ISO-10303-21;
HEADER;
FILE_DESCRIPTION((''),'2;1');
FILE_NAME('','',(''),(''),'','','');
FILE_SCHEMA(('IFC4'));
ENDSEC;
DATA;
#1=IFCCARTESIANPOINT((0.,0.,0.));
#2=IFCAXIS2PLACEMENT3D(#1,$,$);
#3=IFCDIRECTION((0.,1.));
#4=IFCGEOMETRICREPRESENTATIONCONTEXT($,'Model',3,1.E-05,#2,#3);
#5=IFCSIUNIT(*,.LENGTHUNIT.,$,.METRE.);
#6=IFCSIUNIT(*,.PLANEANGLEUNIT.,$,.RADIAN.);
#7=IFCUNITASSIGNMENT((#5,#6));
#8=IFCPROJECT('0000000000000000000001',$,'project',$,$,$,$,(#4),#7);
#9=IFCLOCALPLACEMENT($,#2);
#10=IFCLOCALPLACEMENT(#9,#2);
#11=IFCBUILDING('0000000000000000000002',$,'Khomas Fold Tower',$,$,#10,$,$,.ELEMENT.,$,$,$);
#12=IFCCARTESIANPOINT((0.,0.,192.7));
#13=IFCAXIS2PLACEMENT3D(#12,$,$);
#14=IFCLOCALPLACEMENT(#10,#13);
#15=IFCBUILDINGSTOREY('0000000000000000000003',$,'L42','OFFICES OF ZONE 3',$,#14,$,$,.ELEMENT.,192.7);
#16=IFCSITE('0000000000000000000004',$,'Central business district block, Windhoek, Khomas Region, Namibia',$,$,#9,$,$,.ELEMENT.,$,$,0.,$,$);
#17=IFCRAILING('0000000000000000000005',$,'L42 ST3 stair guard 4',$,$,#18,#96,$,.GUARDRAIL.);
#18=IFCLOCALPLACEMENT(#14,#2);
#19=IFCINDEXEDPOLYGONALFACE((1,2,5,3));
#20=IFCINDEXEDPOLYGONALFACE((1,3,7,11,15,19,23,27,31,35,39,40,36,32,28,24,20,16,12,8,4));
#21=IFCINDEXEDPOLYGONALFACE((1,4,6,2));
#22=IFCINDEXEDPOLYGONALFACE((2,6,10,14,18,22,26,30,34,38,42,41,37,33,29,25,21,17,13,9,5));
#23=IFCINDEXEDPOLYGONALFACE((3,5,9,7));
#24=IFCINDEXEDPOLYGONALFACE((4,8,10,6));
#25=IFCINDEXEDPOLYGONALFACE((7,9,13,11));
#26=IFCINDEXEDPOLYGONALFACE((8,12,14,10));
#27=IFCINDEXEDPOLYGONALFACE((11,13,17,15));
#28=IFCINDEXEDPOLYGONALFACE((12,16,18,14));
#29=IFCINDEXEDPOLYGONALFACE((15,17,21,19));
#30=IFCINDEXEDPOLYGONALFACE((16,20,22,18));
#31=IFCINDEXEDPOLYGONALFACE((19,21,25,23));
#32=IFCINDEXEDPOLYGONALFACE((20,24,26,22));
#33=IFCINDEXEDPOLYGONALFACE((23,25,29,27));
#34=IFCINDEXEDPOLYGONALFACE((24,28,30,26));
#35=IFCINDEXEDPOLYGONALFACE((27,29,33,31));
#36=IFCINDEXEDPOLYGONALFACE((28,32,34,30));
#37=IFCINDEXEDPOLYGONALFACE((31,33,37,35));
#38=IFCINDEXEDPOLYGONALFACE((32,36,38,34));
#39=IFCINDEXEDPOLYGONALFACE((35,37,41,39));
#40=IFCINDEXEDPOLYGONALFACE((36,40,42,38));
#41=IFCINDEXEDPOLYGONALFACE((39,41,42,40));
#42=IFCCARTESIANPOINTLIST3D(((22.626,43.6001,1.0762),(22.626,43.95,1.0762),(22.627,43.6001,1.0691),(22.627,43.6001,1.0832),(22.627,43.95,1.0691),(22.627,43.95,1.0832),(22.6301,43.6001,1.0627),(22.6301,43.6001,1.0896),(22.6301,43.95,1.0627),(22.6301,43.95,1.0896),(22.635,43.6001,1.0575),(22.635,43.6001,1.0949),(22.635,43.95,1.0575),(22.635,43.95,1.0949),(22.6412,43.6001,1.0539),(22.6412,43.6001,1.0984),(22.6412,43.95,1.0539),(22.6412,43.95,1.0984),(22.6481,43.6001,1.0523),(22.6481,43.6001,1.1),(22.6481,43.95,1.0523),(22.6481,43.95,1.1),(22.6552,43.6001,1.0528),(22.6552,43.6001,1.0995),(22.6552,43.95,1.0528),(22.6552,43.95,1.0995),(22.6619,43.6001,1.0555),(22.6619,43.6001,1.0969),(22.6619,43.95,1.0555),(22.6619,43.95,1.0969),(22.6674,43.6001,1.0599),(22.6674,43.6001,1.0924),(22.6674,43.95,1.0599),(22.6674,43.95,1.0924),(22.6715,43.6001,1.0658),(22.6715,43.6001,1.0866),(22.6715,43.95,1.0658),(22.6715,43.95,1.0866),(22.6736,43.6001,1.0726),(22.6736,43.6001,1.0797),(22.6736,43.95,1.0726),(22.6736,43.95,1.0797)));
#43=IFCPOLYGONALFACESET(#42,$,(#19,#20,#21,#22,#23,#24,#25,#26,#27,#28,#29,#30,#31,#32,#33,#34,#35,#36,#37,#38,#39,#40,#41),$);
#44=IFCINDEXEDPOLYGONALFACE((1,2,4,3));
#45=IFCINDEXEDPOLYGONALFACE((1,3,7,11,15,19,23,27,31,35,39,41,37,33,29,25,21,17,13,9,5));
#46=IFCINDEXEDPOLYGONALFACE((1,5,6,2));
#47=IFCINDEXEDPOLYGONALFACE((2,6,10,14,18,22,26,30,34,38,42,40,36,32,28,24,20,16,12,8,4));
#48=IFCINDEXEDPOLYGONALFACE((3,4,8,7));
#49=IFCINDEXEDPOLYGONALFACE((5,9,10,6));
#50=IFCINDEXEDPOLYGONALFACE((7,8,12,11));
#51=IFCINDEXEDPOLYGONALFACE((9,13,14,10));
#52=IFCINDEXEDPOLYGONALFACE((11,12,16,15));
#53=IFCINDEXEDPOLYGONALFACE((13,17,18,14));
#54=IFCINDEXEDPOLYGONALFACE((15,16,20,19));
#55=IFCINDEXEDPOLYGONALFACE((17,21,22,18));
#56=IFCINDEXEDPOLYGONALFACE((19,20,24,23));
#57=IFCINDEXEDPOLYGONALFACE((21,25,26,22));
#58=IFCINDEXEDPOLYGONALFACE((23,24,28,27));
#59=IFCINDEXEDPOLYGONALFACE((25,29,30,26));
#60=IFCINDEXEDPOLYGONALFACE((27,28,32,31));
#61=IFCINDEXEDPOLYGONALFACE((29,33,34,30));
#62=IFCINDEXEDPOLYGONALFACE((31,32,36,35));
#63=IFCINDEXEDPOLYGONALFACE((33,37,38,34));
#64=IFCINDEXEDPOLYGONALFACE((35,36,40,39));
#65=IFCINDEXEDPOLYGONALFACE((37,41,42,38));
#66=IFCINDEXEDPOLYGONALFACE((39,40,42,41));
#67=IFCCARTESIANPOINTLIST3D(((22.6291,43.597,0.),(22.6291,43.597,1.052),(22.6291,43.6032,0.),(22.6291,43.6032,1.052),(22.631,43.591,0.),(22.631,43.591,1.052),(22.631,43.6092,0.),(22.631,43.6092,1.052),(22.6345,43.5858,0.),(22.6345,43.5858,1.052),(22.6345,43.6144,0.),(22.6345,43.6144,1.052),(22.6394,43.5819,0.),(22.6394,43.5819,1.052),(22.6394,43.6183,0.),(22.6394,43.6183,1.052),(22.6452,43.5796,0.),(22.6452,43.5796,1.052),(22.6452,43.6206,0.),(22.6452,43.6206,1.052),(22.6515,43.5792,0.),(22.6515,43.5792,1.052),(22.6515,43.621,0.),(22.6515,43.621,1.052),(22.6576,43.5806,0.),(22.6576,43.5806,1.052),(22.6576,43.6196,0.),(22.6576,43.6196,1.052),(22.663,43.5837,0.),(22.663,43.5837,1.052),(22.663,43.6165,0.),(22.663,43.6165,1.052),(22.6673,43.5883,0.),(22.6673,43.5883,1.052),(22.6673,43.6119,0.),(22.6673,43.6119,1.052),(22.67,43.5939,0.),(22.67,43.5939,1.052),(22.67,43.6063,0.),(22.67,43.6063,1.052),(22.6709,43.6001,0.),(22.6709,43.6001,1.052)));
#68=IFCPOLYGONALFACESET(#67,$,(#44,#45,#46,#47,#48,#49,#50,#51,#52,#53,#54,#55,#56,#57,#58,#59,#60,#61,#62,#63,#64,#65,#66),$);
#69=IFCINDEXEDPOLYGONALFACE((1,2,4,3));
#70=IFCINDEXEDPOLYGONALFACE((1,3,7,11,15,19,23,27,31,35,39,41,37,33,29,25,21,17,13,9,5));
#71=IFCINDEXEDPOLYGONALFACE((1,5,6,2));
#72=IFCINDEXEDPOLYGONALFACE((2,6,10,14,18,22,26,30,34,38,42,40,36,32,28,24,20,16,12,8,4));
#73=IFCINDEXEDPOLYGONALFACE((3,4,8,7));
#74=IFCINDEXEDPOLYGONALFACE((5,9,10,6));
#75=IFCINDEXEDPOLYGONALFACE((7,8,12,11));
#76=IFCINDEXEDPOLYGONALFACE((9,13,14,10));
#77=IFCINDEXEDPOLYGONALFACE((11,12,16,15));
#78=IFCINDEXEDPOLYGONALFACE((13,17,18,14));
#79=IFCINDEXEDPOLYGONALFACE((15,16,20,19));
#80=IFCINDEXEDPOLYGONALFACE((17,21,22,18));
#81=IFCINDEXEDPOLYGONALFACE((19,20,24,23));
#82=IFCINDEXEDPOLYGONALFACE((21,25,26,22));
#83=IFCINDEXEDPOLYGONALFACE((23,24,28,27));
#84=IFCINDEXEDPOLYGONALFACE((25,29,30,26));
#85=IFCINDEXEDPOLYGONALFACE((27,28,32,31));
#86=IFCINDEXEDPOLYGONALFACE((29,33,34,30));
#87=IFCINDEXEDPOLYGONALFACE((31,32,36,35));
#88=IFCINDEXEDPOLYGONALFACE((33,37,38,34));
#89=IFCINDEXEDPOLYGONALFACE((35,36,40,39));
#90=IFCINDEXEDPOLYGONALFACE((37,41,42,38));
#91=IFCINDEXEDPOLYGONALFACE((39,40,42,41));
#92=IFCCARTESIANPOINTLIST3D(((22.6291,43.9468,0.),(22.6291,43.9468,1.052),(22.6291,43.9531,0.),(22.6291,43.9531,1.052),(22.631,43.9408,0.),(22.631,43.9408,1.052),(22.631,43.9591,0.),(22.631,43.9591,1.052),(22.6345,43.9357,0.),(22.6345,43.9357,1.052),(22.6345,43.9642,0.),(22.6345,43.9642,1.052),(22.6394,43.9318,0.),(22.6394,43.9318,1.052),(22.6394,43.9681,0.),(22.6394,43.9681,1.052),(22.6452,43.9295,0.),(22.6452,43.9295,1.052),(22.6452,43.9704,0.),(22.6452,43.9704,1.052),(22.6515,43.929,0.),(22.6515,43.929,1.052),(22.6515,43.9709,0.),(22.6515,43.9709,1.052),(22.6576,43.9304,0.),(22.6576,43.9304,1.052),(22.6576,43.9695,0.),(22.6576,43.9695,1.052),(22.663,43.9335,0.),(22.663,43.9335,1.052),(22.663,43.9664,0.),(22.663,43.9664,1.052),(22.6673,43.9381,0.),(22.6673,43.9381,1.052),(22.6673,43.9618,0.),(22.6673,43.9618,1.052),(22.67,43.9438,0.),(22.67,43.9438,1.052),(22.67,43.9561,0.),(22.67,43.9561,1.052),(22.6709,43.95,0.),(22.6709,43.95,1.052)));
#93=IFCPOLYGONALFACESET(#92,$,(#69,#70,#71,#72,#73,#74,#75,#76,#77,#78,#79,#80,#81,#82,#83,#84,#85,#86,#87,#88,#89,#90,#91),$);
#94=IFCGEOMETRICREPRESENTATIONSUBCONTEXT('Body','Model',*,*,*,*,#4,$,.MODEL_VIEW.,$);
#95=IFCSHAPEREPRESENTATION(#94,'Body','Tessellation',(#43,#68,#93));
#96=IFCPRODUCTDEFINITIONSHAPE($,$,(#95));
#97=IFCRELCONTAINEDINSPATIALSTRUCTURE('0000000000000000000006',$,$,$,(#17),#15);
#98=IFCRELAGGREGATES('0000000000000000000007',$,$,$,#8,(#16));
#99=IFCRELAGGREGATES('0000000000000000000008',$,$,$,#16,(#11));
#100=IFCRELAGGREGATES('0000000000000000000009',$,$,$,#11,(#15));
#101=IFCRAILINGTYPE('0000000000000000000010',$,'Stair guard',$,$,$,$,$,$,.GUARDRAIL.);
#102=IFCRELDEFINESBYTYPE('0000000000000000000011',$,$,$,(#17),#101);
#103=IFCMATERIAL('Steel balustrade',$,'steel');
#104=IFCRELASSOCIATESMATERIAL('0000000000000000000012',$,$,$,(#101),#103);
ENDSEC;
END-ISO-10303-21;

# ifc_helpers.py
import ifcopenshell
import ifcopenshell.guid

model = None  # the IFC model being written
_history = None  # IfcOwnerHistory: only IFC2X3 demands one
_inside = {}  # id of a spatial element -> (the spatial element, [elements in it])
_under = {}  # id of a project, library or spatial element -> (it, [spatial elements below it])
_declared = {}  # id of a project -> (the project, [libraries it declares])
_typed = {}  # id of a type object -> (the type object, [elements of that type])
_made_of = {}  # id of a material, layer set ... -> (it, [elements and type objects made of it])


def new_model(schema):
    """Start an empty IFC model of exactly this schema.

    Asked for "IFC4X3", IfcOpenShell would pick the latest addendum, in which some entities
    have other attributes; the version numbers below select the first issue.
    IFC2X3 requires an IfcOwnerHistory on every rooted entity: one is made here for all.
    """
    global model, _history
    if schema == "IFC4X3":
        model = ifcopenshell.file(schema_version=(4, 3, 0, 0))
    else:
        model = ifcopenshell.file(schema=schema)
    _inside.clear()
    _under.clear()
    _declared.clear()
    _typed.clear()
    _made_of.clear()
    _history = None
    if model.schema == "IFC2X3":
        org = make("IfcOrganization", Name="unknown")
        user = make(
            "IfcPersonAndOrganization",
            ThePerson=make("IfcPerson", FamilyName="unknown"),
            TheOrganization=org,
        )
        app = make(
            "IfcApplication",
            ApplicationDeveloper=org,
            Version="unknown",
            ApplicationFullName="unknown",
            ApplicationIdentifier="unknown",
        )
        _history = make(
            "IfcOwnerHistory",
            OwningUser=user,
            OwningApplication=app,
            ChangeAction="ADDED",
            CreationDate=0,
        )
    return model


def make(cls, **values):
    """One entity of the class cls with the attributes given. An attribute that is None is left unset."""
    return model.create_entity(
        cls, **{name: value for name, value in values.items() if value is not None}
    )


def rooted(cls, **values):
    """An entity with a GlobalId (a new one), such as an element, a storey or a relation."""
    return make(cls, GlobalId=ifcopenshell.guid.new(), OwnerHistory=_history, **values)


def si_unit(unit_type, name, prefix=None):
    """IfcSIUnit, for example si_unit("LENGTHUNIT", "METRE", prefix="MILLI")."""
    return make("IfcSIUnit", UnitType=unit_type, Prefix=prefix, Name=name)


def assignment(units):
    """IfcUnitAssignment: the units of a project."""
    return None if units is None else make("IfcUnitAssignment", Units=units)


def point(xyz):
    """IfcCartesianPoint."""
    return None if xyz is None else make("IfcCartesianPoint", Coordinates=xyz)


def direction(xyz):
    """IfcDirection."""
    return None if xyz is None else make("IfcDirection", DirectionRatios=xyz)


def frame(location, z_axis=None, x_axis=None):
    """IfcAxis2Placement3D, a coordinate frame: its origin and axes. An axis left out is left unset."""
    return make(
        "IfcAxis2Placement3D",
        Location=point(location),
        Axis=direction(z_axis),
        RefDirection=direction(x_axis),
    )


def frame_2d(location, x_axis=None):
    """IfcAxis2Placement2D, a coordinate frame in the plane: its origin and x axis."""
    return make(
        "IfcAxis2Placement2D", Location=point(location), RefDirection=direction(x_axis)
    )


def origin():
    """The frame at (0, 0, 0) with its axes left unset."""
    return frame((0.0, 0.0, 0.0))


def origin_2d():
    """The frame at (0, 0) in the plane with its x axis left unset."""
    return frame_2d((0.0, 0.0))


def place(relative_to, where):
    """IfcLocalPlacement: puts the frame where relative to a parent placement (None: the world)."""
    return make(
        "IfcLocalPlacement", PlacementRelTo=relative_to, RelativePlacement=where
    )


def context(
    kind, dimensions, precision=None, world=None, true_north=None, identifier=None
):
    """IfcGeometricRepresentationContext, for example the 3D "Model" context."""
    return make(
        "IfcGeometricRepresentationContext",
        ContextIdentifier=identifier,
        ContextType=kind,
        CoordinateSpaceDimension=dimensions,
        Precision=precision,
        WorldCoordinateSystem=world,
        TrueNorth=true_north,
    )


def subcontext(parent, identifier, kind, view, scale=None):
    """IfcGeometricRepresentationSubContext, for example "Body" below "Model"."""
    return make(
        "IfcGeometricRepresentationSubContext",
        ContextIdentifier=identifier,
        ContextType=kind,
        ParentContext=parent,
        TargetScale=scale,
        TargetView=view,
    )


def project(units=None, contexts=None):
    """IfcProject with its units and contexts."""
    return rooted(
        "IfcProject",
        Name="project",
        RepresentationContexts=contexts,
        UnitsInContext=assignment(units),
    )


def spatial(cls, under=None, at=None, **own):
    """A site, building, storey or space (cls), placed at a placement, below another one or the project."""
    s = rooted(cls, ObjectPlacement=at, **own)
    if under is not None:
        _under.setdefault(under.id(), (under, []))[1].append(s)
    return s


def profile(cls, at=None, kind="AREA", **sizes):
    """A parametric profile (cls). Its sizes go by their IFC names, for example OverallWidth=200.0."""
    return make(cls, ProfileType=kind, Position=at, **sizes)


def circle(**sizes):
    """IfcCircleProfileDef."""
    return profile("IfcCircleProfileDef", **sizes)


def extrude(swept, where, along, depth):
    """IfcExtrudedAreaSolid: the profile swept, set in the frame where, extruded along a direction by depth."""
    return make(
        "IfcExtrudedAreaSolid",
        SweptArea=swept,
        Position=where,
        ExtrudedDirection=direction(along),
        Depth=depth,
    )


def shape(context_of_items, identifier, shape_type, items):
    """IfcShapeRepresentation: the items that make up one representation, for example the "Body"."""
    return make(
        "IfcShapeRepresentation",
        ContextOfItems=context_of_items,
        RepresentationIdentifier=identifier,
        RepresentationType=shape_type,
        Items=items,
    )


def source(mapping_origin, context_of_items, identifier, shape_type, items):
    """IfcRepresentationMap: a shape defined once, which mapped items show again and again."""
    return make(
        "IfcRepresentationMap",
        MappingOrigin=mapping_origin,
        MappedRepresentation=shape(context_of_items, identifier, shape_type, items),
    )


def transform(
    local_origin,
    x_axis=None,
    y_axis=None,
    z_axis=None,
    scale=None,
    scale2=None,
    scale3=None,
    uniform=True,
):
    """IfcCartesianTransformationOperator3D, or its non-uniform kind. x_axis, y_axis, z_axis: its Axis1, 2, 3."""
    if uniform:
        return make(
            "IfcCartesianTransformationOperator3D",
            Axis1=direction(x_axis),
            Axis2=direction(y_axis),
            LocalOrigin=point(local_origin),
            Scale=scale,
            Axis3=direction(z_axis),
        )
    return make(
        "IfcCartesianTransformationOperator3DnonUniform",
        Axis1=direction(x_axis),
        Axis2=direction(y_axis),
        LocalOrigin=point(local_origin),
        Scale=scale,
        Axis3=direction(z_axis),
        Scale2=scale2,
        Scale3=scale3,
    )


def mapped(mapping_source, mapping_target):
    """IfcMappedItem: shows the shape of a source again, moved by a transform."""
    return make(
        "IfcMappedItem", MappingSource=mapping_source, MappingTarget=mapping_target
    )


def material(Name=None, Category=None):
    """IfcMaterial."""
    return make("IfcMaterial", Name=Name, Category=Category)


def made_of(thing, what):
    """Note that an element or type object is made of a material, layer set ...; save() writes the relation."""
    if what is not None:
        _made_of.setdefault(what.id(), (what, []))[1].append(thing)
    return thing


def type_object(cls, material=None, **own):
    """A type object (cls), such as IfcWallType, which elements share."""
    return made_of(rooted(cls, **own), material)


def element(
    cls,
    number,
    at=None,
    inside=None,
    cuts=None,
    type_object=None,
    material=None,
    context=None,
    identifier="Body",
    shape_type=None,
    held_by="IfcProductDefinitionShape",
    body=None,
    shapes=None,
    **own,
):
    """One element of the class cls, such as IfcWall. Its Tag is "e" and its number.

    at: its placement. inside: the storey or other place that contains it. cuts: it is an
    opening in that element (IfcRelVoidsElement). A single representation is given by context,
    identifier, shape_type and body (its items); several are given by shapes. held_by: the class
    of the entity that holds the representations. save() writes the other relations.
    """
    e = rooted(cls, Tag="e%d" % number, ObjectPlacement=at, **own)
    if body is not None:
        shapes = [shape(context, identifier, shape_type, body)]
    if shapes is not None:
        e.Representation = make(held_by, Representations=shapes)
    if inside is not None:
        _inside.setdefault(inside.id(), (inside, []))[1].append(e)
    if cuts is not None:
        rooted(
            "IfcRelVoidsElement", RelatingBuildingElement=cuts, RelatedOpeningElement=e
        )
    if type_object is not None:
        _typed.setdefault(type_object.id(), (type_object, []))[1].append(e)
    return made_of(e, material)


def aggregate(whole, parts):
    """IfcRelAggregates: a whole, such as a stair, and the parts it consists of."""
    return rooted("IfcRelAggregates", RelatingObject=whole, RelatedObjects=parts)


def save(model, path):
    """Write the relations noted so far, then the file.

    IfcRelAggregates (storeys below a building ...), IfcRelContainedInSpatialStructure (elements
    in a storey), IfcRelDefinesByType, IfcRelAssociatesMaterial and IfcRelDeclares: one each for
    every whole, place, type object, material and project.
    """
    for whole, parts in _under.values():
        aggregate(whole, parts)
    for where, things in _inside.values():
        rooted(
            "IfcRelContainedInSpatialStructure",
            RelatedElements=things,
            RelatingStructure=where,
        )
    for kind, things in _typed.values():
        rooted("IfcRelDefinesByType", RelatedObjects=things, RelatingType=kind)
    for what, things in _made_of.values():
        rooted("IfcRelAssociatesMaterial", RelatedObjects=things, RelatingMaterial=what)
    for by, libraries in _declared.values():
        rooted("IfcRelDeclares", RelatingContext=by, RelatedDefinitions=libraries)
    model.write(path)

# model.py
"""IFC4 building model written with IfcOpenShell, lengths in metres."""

from ifc_helpers import new_model, si_unit, direction, frame, origin, origin_2d, place, context, subcontext, project, spatial, circle, extrude, source, transform, mapped, material, type_object, element, save


model = new_model("IFC4")

# Units and contexts
model_context = context("Model", 3, precision=1e-05, world=origin(), true_north=direction((0.0, 1.0)))
body_context = subcontext(model_context, "Body", "Model", "MODEL_VIEW")
ifc_project = project(units=[si_unit("LENGTHUNIT", "METRE"), si_unit("PLANEANGLEUNIT", "RADIAN")], contexts=[model_context])

# Site, building, storey
site_placement = place(None, origin())
site = spatial("IfcSite", under=ifc_project, at=site_placement, Name="Central business district block, Windhoek, Khomas Region, Namibia", CompositionType="ELEMENT", RefElevation=0.0)
building_placement = place(site_placement, origin())
building = spatial("IfcBuilding", under=site, at=building_placement, Name="Khomas Fold Tower", CompositionType="ELEMENT")
storey_placement = place(building_placement, frame((0.0, 0.0, 192.7)))
storey = spatial("IfcBuildingStorey", under=building, at=storey_placement, Name="L42", Description="OFFICES OF ZONE 3", CompositionType="ELEMENT", Elevation=192.7)

# Railing
ifc_material_1 = material(Name="Steel balustrade", Category="steel")
railing_type_1 = type_object("IfcRailingType", Name="Stair guard", PredefinedType="GUARDRAIL", material=ifc_material_1)
shared_shape_1 = source(origin(), body_context, "Body", "SweptSolid", [
    extrude(circle(Radius=0.0239, at=origin_2d()), frame((0.0, 0.0, 1.0762), z_axis=(0.0, 1.0, 0.0), x_axis=(-1.0, 0.0, 0.0)), (0.0, 0.0, 1.0), 0.3499),
    extrude(circle(Radius=0.021, at=origin_2d()), origin(), (0.0, 0.0, 1.0), 1.052),
    extrude(circle(Radius=0.021, at=origin_2d()), frame((0.0, 0.3499, 0.0)), (0.0, 0.0, 1.0), 1.052),
])
for number, where, name in (
    (1, (22.6499, 43.6001, 0.0), "L42 ST3 stair guard 4"),
):
    element("IfcRailing", number, at=place(storey_placement, frame(where)), inside=storey, type_object=railing_type_1, Name=name, PredefinedType="GUARDRAIL", context=body_context, shape_type="MappedRepresentation", body=[
        mapped(shared_shape_1, transform((0.0, 0.0, 0.0))),
    ])

save(model, "model.ifc")
